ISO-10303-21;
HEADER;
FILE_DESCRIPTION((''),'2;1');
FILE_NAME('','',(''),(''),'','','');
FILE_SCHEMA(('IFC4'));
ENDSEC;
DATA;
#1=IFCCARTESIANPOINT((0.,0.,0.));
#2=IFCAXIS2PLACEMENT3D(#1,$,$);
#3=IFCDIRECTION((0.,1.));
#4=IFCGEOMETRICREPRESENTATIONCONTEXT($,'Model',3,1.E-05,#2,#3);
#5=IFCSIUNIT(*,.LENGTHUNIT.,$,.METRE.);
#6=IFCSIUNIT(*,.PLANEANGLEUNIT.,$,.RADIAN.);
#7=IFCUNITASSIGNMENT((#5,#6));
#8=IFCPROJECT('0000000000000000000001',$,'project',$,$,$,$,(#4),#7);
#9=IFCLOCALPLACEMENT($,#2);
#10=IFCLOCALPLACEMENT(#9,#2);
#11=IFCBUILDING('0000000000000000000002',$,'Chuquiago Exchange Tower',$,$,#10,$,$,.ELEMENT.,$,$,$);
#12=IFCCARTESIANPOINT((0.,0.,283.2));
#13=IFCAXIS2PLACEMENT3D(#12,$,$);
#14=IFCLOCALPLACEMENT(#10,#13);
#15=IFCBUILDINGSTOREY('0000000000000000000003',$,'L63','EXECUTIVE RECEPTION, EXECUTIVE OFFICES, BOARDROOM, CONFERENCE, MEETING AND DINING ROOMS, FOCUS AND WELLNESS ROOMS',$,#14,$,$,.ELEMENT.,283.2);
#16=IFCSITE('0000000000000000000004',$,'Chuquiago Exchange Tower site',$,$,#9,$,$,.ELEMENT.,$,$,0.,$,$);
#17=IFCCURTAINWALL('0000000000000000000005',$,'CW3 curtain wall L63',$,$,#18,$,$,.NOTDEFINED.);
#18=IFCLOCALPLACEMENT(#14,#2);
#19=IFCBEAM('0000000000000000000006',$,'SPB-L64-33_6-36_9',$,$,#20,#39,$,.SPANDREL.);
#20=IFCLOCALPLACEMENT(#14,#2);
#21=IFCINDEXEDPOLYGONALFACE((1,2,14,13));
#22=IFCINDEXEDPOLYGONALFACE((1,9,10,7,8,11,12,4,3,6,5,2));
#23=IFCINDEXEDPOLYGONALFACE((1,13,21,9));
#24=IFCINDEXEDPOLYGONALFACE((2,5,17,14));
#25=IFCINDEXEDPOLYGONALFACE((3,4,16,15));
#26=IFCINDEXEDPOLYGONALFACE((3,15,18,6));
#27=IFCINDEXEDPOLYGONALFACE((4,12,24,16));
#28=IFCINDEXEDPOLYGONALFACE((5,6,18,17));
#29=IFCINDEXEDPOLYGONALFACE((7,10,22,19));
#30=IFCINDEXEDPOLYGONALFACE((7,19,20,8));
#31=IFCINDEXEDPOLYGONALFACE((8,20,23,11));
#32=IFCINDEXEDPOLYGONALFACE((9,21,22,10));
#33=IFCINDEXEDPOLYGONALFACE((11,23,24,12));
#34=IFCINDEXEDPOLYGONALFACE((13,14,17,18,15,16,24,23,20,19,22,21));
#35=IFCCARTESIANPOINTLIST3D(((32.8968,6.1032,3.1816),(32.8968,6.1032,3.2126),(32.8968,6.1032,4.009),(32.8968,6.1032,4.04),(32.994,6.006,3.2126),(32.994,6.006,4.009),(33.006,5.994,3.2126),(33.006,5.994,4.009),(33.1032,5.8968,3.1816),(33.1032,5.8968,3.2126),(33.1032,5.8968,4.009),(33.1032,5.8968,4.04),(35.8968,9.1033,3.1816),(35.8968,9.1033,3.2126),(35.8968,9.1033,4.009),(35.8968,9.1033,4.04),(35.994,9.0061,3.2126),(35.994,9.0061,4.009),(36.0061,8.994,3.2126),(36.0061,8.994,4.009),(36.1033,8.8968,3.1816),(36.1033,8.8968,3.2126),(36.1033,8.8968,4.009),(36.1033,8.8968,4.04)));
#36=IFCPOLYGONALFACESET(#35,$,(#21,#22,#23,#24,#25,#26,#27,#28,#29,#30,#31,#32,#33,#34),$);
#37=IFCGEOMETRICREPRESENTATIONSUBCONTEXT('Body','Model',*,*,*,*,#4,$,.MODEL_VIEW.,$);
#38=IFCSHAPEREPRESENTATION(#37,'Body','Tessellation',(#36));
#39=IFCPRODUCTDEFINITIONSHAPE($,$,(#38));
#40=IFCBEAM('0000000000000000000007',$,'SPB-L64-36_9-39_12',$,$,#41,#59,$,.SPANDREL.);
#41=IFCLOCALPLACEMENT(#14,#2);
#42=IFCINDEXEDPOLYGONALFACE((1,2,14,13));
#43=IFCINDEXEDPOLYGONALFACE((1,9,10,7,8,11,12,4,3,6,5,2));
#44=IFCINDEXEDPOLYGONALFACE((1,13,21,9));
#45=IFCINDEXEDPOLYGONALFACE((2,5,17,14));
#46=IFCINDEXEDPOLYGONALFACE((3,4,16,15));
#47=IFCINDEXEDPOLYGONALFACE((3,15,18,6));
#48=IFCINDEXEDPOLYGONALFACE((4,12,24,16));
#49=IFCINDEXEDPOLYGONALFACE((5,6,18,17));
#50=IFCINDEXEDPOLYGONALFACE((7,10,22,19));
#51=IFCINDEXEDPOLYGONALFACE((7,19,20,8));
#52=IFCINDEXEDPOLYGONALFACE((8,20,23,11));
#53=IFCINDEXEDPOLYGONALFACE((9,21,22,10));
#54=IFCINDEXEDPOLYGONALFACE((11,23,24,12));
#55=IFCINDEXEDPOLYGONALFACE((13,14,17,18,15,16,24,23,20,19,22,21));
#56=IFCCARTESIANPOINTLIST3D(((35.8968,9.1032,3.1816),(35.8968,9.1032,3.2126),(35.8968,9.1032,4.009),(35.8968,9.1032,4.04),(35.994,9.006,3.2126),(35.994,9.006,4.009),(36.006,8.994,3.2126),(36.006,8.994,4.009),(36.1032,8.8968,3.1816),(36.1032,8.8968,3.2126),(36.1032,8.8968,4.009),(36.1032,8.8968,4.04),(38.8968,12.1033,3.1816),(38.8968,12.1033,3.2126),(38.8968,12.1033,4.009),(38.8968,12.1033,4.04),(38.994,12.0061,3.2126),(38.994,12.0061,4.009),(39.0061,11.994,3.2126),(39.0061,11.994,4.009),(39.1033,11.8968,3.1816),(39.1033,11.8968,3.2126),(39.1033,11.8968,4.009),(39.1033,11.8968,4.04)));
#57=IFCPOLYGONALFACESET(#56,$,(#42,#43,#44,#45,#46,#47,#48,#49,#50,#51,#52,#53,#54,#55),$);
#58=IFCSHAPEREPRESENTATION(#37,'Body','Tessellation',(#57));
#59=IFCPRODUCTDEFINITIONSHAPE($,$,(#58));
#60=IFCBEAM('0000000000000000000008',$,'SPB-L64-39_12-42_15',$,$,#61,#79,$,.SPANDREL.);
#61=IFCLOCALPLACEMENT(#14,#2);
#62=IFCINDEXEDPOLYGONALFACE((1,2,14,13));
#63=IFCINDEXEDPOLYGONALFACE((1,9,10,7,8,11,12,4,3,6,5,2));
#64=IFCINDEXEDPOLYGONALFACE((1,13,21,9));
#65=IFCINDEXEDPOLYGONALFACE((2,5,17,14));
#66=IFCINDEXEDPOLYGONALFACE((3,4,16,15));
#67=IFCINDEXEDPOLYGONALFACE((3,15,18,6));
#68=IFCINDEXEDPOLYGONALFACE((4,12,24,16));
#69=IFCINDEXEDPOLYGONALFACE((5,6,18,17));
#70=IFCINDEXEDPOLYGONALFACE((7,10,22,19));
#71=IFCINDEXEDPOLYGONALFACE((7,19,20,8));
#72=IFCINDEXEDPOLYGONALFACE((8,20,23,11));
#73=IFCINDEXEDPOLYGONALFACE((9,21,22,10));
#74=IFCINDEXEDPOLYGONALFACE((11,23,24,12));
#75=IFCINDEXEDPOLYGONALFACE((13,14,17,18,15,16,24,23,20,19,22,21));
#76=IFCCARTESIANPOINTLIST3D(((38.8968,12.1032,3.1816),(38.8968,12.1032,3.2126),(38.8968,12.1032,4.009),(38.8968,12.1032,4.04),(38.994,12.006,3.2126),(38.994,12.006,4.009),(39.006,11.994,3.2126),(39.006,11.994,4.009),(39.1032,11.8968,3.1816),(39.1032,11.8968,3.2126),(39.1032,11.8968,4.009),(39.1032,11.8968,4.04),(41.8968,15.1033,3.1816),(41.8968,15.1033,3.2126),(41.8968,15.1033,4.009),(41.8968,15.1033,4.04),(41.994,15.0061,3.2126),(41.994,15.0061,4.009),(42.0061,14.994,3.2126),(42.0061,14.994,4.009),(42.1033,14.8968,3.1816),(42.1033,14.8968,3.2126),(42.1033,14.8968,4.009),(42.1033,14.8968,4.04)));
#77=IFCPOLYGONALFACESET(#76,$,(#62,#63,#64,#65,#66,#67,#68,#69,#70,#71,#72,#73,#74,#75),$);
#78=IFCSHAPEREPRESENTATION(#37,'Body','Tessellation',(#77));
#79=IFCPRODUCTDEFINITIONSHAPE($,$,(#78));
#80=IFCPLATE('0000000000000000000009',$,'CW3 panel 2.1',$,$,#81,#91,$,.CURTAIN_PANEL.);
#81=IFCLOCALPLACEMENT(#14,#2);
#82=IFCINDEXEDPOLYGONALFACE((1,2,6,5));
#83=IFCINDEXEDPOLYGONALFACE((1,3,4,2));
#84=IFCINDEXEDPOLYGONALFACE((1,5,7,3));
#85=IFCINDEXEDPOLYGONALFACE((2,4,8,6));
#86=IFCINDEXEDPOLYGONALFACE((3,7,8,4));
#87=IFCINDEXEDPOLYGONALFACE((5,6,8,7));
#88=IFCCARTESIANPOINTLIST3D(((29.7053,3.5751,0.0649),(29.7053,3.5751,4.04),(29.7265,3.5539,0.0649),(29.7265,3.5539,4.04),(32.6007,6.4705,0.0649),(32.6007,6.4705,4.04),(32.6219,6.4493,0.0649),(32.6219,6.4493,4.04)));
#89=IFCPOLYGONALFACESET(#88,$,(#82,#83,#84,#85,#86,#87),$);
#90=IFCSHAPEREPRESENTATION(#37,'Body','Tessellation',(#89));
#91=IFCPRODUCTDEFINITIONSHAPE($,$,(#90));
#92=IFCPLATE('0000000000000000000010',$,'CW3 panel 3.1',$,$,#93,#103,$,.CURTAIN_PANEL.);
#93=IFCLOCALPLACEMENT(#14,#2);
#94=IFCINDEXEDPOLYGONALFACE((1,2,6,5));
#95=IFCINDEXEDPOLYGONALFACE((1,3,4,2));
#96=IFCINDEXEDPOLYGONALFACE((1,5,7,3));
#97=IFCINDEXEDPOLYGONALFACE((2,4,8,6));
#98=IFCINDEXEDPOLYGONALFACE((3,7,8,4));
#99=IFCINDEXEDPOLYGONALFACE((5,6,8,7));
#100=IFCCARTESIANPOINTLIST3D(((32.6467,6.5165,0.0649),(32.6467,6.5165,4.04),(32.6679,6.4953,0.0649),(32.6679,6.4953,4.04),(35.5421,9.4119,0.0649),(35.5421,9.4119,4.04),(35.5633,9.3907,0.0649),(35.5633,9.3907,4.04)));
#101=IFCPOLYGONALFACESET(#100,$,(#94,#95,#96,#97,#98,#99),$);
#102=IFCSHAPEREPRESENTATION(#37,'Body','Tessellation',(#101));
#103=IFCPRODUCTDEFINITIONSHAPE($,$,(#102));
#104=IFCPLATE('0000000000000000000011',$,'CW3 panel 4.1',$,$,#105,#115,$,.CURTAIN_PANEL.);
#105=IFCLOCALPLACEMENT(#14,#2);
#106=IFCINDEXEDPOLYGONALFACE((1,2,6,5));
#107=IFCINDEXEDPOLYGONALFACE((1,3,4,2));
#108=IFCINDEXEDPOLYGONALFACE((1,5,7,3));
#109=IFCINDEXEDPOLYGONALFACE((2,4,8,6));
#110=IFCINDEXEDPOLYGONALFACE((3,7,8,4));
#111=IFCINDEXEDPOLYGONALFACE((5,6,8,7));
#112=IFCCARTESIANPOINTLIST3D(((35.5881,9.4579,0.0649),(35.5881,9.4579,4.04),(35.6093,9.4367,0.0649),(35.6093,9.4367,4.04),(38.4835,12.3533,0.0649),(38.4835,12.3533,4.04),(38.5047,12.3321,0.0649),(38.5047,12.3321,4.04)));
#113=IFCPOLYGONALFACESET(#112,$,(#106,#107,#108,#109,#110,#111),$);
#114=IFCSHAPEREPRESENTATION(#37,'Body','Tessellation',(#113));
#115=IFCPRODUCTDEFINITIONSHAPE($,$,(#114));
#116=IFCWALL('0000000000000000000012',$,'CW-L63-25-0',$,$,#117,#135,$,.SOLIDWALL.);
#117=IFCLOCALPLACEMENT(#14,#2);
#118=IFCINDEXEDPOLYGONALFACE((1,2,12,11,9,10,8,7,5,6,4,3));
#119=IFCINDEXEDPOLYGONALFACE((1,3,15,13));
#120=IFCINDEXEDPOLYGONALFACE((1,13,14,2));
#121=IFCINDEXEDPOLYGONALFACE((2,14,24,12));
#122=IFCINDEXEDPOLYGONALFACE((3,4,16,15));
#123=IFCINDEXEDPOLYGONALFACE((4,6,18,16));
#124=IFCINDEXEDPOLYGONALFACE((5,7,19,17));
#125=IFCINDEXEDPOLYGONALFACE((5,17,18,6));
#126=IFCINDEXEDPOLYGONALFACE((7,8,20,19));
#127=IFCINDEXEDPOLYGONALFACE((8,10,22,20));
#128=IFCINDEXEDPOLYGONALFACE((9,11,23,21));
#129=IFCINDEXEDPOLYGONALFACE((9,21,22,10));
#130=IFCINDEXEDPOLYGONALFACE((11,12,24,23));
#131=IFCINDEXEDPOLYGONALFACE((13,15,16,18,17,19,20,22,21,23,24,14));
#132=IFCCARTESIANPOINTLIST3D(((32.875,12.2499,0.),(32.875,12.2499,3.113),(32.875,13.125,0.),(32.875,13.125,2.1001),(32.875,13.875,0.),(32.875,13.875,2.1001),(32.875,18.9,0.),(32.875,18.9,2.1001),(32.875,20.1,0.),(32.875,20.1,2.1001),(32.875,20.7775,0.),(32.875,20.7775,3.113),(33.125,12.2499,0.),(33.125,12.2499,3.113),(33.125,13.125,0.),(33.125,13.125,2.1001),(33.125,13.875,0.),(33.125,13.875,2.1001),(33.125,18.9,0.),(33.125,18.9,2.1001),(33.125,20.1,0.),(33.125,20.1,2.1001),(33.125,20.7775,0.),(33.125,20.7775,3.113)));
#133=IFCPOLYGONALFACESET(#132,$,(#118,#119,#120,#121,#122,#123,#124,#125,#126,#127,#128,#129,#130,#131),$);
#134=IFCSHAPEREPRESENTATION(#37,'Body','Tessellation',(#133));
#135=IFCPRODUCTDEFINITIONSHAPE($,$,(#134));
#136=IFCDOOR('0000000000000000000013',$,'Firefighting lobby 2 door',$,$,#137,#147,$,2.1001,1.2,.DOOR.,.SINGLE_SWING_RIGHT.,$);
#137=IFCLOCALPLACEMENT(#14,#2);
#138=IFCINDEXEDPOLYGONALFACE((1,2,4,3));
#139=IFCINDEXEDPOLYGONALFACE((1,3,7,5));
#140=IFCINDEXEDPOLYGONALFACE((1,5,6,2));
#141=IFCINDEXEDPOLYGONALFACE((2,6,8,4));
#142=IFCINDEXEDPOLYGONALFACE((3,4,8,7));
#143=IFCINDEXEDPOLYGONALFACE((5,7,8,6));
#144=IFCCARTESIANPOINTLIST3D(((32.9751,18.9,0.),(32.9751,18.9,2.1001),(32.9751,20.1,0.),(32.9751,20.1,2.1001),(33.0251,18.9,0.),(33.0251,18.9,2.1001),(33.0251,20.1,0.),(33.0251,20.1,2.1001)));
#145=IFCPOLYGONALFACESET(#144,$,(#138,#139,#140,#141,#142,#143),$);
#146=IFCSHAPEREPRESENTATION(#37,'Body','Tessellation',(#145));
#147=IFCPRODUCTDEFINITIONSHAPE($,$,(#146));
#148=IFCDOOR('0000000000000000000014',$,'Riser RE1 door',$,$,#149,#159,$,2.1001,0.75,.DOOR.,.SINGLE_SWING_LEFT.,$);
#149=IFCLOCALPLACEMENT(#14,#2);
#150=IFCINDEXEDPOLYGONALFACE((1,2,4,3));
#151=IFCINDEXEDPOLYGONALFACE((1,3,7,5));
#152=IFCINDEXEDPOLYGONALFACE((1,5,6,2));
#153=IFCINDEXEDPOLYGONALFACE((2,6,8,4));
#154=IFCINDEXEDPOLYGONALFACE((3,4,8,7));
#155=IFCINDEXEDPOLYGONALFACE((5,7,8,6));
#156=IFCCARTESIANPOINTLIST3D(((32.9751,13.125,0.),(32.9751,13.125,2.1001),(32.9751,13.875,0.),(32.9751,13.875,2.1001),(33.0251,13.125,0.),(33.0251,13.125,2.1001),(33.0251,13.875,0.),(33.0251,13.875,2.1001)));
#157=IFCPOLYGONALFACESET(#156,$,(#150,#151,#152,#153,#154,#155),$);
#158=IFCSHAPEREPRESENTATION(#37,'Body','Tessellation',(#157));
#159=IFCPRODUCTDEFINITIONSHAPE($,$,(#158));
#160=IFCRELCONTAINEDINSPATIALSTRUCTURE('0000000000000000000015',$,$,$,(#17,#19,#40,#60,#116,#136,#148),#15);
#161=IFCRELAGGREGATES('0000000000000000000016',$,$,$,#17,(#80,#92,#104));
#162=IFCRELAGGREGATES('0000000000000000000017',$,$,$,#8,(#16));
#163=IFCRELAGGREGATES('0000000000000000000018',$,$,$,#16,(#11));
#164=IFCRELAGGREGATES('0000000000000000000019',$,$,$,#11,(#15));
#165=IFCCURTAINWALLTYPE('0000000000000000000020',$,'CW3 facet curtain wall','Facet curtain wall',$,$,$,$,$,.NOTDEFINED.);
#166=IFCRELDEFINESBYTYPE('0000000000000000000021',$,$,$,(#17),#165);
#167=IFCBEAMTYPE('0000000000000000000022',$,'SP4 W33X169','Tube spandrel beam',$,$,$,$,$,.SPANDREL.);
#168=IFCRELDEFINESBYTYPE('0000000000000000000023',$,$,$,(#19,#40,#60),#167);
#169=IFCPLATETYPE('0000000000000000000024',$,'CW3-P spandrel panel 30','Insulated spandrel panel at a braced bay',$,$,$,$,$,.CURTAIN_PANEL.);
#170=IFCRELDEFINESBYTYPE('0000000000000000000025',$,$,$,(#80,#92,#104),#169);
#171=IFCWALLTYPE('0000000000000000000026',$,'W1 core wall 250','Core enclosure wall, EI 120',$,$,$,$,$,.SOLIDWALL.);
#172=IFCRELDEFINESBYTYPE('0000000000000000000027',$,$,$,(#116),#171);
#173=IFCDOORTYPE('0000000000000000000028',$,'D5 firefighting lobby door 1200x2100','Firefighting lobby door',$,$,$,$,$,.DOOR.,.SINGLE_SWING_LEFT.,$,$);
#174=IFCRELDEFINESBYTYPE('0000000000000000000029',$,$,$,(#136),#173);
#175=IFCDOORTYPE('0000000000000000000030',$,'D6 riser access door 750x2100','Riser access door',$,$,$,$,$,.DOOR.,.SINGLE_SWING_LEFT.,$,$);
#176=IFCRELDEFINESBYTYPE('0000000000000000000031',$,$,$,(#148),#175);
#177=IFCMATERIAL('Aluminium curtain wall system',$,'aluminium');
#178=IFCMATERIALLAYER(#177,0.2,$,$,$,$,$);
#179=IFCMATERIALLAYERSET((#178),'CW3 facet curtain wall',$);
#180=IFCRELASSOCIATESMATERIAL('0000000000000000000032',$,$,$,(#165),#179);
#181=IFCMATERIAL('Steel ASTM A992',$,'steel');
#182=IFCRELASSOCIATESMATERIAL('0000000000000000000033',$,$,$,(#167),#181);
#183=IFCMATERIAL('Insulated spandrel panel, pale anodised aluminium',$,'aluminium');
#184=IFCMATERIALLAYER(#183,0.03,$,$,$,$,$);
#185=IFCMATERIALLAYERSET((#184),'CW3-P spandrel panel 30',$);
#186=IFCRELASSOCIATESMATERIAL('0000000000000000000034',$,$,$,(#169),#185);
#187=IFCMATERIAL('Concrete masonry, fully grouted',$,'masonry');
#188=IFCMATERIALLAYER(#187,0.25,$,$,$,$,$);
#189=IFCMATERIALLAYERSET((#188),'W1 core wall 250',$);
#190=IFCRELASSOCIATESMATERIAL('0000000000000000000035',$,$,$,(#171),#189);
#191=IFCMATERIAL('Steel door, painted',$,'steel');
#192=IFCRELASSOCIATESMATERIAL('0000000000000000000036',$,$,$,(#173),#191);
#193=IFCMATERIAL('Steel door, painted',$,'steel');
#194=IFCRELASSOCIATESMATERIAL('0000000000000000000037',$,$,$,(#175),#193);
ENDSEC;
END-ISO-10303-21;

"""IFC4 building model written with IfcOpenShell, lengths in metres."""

from ifc_helpers import new_model, si_unit, direction, frame, frame_2d, origin, origin_2d, place, context, subcontext, project, spatial, rectangle, i_section, extrude, material, layer, layer_set, material_profile, profile_set, type_object, element, fill, aggregate, save


model = new_model("IFC4")

# Units and contexts
model_context = context("Model", 3, precision=1e-05, world=origin(), true_north=direction((0.0, 1.0)))
body_context = subcontext(model_context, "Body", "Model", "MODEL_VIEW")
ifc_project = project(units=[si_unit("LENGTHUNIT", "METRE"), si_unit("PLANEANGLEUNIT", "RADIAN")], contexts=[model_context])

# Site, building, storey
site_placement = place(None, origin())
site = spatial("IfcSite", under=ifc_project, at=site_placement, Name="Chuquiago Exchange Tower site", CompositionType="ELEMENT", RefElevation=0.0)
building_placement = place(site_placement, origin())
building = spatial("IfcBuilding", under=site, at=building_placement, Name="Chuquiago Exchange Tower", CompositionType="ELEMENT")
storey_placement = place(building_placement, frame((0.0, 0.0, 283.2)))
storey = spatial("IfcBuildingStorey", under=building, at=storey_placement, Name="L63", Description="EXECUTIVE RECEPTION, EXECUTIVE OFFICES, BOARDROOM, CONFERENCE, MEETING AND DINING ROOMS, FOCUS AND WELLNESS ROOMS", CompositionType="ELEMENT", Elevation=283.2)

# Curtain wall
ifc_material_1 = material(Name="Aluminium curtain wall system", Category="aluminium")
ifc_layer_1 = layer(ifc_material_1, 0.2)
ifc_layer_set_1 = layer_set([ifc_layer_1], Name="CW3 facet curtain wall")
curtain_wall_type = type_object("IfcCurtainWallType", Name="CW3 facet curtain wall", Description="Facet curtain wall", PredefinedType="NOTDEFINED", material=ifc_layer_set_1)
curtain_wall_placement = place(storey_placement, origin())
curtain_wall = element("IfcCurtainWall", 1, at=curtain_wall_placement, inside=storey, type_object=curtain_wall_type, Name="CW3 curtain wall L63", PredefinedType="NOTDEFINED")

# Beams
ifc_material_2 = material(Name="Steel ASTM A992", Category="steel")
ifc_material_profile_1 = material_profile(ifc_material_2, i_section(OverallWidth=0.292, OverallDepth=0.8584, WebThickness=0.0171, FlangeThickness=0.031, at=origin_2d()), Name="W33X169")
ifc_profile_set_1 = profile_set([ifc_material_profile_1], Name="Steel ASTM A992")
beam_type_1 = type_object("IfcBeamType", Name="SP4 W33X169", Description="Tube spandrel beam", PredefinedType="SPANDREL", material=ifc_profile_set_1)
for number, where, z_axis, x_axis, name in (
    (2, (33.0, 6.0, 3.6108), (0.707107, 0.707107, 0.0), (-0.707107, 0.707107, 0.0), "SPB-L64-33_6-36_9"),
    (3, (36.0, 9.0, 3.6108), (0.707107, 0.707107, 0.0), (-0.707107, 0.707107, 0.0), "SPB-L64-36_9-39_12"),
    (4, (39.0, 12.0, 3.6108), (0.707107, 0.707107, 0.0), (-0.707107, 0.707107, 0.0), "SPB-L64-39_12-42_15"),
):
    element("IfcBeam", number, at=place(storey_placement, frame(where, z_axis=z_axis, x_axis=x_axis)), inside=storey, type_object=beam_type_1, Name=name, PredefinedType="SPANDREL", context=body_context, shape_type="SweptSolid", body=[
        extrude(i_section(OverallWidth=0.292, OverallDepth=0.8584, WebThickness=0.0171, FlangeThickness=0.031, at=origin_2d()), origin(), (0.0, 0.0, 1.0), 4.2427),
    ])

# Plates
ifc_material_3 = material(Name="Insulated spandrel panel, pale anodised aluminium", Category="aluminium")
ifc_layer_2 = layer(ifc_material_3, 0.03)
ifc_layer_set_2 = layer_set([ifc_layer_2], Name="CW3-P spandrel panel 30")
plate_type = type_object("IfcPlateType", Name="CW3-P spandrel panel 30", Description="Insulated spandrel panel at a braced bay", PredefinedType="CURTAIN_PANEL", material=ifc_layer_set_2)
plate_1_placement = place(storey_placement, frame((31.1636, 5.0122, 0.0649), z_axis=(0.0, 0.0, 1.0), x_axis=(0.707107, 0.707107, 0.0)))
plate_1 = element("IfcPlate", 5, at=plate_1_placement, type_object=plate_type, Name="CW3 panel 2.1", PredefinedType="CURTAIN_PANEL", context=body_context, shape_type="SweptSolid", body=[
    extrude(rectangle(XDim=4.0947, YDim=0.03, at=origin_2d()), origin(), (0.0, 0.0, 1.0), 3.9751),
])
plate_2_placement = place(storey_placement, frame((34.105, 7.9536, 0.0649), z_axis=(0.0, 0.0, 1.0), x_axis=(0.707107, 0.707107, 0.0)))
plate_2 = element("IfcPlate", 6, at=plate_2_placement, type_object=plate_type, Name="CW3 panel 3.1", PredefinedType="CURTAIN_PANEL", context=body_context, shape_type="SweptSolid", body=[
    extrude(rectangle(XDim=4.0947, YDim=0.03, at=origin_2d()), origin(), (0.0, 0.0, 1.0), 3.9751),
])
plate_3_placement = place(storey_placement, frame((37.0464, 10.895, 0.0649), z_axis=(0.0, 0.0, 1.0), x_axis=(0.707107, 0.707107, 0.0)))
plate_3 = element("IfcPlate", 7, at=plate_3_placement, type_object=plate_type, Name="CW3 panel 4.1", PredefinedType="CURTAIN_PANEL", context=body_context, shape_type="SweptSolid", body=[
    extrude(rectangle(XDim=4.0947, YDim=0.03, at=origin_2d()), origin(), (0.0, 0.0, 1.0), 3.9751),
])
aggregate(curtain_wall, [plate_1, plate_2, plate_3])

# Wall, openings, doors
ifc_material_4 = material(Name="Concrete masonry, fully grouted", Category="masonry")
ifc_layer_3 = layer(ifc_material_4, 0.25)
ifc_layer_set_3 = layer_set([ifc_layer_3], Name="W1 core wall 250")
wall_type_1 = type_object("IfcWallType", Name="W1 core wall 250", Description="Core enclosure wall, EI 120", PredefinedType="SOLIDWALL", material=ifc_layer_set_3)
wall_1_placement = place(storey_placement, frame((33.0, 12.25, 0.0), z_axis=(0.0, 0.0, 1.0), x_axis=(0.0, 1.0, 0.0)))
wall_1 = element("IfcWall", 8, at=wall_1_placement, inside=storey, type_object=wall_type_1, Name="CW-L63-25-0", PredefinedType="SOLIDWALL", context=body_context, shape_type="SweptSolid", body=[
    extrude(rectangle(XDim=8.5276, YDim=0.25, at=frame_2d((4.2637, 0.0))), origin(), (0.0, 0.0, 1.0), 3.113),
])
opening_1_placement = place(wall_1_placement, frame((6.6499, 0.0, 0.0)))
opening_1 = element("IfcOpeningElement", 9, at=opening_1_placement, cuts=wall_1, PredefinedType="OPENING", context=body_context, shape_type="SweptSolid", body=[
    extrude(rectangle(XDim=1.2, YDim=2.1001, at=frame_2d((0.6001, 1.05))), frame((0.0, 0.135, 0.0), z_axis=(0.0, -1.0, 0.0), x_axis=(1.0, 0.0, 0.0)), (0.0, 0.0, 1.0), 0.27),
])
opening_2_placement = place(wall_1_placement, frame((0.875, 0.0, 0.0)))
opening_2 = element("IfcOpeningElement", 10, at=opening_2_placement, cuts=wall_1, PredefinedType="OPENING", context=body_context, shape_type="SweptSolid", body=[
    extrude(rectangle(XDim=0.75, YDim=2.1001, at=frame_2d((0.375, 1.05))), frame((0.0, 0.135, 0.0), z_axis=(0.0, -1.0, 0.0), x_axis=(1.0, 0.0, 0.0)), (0.0, 0.0, 1.0), 0.27),
])
ifc_material_5 = material(Name="Steel door, painted", Category="steel")
door_type_1 = type_object("IfcDoorType", Name="D5 firefighting lobby door 1200x2100", Description="Firefighting lobby door", OperationType="SINGLE_SWING_LEFT", PredefinedType="DOOR", material=ifc_material_5)
door_1_placement = place(opening_1_placement, origin())
door_1 = element("IfcDoor", 11, at=door_1_placement, inside=storey, type_object=door_type_1, Name="Firefighting lobby 2 door", OperationType="SINGLE_SWING_RIGHT", OverallHeight=2.1001, OverallWidth=1.2, PredefinedType="DOOR", context=body_context, shape_type="SweptSolid", body=[
    extrude(rectangle(XDim=1.2, YDim=2.1001, at=frame_2d((0.6001, 1.05))), frame((0.0, 0.0249, 0.0), z_axis=(0.0, -1.0, 0.0), x_axis=(1.0, 0.0, 0.0)), (0.0, 0.0, 1.0), 0.05),
])
fill(opening_1, door_1)
ifc_material_6 = material(Name="Steel door, painted", Category="steel")
door_type_2 = type_object("IfcDoorType", Name="D6 riser access door 750x2100", Description="Riser access door", OperationType="SINGLE_SWING_LEFT", PredefinedType="DOOR", material=ifc_material_6)
door_2_placement = place(opening_2_placement, origin())
door_2 = element("IfcDoor", 12, at=door_2_placement, inside=storey, type_object=door_type_2, Name="Riser RE1 door", OperationType="SINGLE_SWING_LEFT", OverallHeight=2.1001, OverallWidth=0.75, PredefinedType="DOOR", context=body_context, shape_type="SweptSolid", body=[
    extrude(rectangle(XDim=0.75, YDim=2.1001, at=frame_2d((0.375, 1.05))), frame((0.0, 0.0249, 0.0), z_axis=(0.0, -1.0, 0.0), x_axis=(1.0, 0.0, 0.0)), (0.0, 0.0, 1.0), 0.05),
])
fill(opening_2, door_2)

save(model, "model.ifc")
